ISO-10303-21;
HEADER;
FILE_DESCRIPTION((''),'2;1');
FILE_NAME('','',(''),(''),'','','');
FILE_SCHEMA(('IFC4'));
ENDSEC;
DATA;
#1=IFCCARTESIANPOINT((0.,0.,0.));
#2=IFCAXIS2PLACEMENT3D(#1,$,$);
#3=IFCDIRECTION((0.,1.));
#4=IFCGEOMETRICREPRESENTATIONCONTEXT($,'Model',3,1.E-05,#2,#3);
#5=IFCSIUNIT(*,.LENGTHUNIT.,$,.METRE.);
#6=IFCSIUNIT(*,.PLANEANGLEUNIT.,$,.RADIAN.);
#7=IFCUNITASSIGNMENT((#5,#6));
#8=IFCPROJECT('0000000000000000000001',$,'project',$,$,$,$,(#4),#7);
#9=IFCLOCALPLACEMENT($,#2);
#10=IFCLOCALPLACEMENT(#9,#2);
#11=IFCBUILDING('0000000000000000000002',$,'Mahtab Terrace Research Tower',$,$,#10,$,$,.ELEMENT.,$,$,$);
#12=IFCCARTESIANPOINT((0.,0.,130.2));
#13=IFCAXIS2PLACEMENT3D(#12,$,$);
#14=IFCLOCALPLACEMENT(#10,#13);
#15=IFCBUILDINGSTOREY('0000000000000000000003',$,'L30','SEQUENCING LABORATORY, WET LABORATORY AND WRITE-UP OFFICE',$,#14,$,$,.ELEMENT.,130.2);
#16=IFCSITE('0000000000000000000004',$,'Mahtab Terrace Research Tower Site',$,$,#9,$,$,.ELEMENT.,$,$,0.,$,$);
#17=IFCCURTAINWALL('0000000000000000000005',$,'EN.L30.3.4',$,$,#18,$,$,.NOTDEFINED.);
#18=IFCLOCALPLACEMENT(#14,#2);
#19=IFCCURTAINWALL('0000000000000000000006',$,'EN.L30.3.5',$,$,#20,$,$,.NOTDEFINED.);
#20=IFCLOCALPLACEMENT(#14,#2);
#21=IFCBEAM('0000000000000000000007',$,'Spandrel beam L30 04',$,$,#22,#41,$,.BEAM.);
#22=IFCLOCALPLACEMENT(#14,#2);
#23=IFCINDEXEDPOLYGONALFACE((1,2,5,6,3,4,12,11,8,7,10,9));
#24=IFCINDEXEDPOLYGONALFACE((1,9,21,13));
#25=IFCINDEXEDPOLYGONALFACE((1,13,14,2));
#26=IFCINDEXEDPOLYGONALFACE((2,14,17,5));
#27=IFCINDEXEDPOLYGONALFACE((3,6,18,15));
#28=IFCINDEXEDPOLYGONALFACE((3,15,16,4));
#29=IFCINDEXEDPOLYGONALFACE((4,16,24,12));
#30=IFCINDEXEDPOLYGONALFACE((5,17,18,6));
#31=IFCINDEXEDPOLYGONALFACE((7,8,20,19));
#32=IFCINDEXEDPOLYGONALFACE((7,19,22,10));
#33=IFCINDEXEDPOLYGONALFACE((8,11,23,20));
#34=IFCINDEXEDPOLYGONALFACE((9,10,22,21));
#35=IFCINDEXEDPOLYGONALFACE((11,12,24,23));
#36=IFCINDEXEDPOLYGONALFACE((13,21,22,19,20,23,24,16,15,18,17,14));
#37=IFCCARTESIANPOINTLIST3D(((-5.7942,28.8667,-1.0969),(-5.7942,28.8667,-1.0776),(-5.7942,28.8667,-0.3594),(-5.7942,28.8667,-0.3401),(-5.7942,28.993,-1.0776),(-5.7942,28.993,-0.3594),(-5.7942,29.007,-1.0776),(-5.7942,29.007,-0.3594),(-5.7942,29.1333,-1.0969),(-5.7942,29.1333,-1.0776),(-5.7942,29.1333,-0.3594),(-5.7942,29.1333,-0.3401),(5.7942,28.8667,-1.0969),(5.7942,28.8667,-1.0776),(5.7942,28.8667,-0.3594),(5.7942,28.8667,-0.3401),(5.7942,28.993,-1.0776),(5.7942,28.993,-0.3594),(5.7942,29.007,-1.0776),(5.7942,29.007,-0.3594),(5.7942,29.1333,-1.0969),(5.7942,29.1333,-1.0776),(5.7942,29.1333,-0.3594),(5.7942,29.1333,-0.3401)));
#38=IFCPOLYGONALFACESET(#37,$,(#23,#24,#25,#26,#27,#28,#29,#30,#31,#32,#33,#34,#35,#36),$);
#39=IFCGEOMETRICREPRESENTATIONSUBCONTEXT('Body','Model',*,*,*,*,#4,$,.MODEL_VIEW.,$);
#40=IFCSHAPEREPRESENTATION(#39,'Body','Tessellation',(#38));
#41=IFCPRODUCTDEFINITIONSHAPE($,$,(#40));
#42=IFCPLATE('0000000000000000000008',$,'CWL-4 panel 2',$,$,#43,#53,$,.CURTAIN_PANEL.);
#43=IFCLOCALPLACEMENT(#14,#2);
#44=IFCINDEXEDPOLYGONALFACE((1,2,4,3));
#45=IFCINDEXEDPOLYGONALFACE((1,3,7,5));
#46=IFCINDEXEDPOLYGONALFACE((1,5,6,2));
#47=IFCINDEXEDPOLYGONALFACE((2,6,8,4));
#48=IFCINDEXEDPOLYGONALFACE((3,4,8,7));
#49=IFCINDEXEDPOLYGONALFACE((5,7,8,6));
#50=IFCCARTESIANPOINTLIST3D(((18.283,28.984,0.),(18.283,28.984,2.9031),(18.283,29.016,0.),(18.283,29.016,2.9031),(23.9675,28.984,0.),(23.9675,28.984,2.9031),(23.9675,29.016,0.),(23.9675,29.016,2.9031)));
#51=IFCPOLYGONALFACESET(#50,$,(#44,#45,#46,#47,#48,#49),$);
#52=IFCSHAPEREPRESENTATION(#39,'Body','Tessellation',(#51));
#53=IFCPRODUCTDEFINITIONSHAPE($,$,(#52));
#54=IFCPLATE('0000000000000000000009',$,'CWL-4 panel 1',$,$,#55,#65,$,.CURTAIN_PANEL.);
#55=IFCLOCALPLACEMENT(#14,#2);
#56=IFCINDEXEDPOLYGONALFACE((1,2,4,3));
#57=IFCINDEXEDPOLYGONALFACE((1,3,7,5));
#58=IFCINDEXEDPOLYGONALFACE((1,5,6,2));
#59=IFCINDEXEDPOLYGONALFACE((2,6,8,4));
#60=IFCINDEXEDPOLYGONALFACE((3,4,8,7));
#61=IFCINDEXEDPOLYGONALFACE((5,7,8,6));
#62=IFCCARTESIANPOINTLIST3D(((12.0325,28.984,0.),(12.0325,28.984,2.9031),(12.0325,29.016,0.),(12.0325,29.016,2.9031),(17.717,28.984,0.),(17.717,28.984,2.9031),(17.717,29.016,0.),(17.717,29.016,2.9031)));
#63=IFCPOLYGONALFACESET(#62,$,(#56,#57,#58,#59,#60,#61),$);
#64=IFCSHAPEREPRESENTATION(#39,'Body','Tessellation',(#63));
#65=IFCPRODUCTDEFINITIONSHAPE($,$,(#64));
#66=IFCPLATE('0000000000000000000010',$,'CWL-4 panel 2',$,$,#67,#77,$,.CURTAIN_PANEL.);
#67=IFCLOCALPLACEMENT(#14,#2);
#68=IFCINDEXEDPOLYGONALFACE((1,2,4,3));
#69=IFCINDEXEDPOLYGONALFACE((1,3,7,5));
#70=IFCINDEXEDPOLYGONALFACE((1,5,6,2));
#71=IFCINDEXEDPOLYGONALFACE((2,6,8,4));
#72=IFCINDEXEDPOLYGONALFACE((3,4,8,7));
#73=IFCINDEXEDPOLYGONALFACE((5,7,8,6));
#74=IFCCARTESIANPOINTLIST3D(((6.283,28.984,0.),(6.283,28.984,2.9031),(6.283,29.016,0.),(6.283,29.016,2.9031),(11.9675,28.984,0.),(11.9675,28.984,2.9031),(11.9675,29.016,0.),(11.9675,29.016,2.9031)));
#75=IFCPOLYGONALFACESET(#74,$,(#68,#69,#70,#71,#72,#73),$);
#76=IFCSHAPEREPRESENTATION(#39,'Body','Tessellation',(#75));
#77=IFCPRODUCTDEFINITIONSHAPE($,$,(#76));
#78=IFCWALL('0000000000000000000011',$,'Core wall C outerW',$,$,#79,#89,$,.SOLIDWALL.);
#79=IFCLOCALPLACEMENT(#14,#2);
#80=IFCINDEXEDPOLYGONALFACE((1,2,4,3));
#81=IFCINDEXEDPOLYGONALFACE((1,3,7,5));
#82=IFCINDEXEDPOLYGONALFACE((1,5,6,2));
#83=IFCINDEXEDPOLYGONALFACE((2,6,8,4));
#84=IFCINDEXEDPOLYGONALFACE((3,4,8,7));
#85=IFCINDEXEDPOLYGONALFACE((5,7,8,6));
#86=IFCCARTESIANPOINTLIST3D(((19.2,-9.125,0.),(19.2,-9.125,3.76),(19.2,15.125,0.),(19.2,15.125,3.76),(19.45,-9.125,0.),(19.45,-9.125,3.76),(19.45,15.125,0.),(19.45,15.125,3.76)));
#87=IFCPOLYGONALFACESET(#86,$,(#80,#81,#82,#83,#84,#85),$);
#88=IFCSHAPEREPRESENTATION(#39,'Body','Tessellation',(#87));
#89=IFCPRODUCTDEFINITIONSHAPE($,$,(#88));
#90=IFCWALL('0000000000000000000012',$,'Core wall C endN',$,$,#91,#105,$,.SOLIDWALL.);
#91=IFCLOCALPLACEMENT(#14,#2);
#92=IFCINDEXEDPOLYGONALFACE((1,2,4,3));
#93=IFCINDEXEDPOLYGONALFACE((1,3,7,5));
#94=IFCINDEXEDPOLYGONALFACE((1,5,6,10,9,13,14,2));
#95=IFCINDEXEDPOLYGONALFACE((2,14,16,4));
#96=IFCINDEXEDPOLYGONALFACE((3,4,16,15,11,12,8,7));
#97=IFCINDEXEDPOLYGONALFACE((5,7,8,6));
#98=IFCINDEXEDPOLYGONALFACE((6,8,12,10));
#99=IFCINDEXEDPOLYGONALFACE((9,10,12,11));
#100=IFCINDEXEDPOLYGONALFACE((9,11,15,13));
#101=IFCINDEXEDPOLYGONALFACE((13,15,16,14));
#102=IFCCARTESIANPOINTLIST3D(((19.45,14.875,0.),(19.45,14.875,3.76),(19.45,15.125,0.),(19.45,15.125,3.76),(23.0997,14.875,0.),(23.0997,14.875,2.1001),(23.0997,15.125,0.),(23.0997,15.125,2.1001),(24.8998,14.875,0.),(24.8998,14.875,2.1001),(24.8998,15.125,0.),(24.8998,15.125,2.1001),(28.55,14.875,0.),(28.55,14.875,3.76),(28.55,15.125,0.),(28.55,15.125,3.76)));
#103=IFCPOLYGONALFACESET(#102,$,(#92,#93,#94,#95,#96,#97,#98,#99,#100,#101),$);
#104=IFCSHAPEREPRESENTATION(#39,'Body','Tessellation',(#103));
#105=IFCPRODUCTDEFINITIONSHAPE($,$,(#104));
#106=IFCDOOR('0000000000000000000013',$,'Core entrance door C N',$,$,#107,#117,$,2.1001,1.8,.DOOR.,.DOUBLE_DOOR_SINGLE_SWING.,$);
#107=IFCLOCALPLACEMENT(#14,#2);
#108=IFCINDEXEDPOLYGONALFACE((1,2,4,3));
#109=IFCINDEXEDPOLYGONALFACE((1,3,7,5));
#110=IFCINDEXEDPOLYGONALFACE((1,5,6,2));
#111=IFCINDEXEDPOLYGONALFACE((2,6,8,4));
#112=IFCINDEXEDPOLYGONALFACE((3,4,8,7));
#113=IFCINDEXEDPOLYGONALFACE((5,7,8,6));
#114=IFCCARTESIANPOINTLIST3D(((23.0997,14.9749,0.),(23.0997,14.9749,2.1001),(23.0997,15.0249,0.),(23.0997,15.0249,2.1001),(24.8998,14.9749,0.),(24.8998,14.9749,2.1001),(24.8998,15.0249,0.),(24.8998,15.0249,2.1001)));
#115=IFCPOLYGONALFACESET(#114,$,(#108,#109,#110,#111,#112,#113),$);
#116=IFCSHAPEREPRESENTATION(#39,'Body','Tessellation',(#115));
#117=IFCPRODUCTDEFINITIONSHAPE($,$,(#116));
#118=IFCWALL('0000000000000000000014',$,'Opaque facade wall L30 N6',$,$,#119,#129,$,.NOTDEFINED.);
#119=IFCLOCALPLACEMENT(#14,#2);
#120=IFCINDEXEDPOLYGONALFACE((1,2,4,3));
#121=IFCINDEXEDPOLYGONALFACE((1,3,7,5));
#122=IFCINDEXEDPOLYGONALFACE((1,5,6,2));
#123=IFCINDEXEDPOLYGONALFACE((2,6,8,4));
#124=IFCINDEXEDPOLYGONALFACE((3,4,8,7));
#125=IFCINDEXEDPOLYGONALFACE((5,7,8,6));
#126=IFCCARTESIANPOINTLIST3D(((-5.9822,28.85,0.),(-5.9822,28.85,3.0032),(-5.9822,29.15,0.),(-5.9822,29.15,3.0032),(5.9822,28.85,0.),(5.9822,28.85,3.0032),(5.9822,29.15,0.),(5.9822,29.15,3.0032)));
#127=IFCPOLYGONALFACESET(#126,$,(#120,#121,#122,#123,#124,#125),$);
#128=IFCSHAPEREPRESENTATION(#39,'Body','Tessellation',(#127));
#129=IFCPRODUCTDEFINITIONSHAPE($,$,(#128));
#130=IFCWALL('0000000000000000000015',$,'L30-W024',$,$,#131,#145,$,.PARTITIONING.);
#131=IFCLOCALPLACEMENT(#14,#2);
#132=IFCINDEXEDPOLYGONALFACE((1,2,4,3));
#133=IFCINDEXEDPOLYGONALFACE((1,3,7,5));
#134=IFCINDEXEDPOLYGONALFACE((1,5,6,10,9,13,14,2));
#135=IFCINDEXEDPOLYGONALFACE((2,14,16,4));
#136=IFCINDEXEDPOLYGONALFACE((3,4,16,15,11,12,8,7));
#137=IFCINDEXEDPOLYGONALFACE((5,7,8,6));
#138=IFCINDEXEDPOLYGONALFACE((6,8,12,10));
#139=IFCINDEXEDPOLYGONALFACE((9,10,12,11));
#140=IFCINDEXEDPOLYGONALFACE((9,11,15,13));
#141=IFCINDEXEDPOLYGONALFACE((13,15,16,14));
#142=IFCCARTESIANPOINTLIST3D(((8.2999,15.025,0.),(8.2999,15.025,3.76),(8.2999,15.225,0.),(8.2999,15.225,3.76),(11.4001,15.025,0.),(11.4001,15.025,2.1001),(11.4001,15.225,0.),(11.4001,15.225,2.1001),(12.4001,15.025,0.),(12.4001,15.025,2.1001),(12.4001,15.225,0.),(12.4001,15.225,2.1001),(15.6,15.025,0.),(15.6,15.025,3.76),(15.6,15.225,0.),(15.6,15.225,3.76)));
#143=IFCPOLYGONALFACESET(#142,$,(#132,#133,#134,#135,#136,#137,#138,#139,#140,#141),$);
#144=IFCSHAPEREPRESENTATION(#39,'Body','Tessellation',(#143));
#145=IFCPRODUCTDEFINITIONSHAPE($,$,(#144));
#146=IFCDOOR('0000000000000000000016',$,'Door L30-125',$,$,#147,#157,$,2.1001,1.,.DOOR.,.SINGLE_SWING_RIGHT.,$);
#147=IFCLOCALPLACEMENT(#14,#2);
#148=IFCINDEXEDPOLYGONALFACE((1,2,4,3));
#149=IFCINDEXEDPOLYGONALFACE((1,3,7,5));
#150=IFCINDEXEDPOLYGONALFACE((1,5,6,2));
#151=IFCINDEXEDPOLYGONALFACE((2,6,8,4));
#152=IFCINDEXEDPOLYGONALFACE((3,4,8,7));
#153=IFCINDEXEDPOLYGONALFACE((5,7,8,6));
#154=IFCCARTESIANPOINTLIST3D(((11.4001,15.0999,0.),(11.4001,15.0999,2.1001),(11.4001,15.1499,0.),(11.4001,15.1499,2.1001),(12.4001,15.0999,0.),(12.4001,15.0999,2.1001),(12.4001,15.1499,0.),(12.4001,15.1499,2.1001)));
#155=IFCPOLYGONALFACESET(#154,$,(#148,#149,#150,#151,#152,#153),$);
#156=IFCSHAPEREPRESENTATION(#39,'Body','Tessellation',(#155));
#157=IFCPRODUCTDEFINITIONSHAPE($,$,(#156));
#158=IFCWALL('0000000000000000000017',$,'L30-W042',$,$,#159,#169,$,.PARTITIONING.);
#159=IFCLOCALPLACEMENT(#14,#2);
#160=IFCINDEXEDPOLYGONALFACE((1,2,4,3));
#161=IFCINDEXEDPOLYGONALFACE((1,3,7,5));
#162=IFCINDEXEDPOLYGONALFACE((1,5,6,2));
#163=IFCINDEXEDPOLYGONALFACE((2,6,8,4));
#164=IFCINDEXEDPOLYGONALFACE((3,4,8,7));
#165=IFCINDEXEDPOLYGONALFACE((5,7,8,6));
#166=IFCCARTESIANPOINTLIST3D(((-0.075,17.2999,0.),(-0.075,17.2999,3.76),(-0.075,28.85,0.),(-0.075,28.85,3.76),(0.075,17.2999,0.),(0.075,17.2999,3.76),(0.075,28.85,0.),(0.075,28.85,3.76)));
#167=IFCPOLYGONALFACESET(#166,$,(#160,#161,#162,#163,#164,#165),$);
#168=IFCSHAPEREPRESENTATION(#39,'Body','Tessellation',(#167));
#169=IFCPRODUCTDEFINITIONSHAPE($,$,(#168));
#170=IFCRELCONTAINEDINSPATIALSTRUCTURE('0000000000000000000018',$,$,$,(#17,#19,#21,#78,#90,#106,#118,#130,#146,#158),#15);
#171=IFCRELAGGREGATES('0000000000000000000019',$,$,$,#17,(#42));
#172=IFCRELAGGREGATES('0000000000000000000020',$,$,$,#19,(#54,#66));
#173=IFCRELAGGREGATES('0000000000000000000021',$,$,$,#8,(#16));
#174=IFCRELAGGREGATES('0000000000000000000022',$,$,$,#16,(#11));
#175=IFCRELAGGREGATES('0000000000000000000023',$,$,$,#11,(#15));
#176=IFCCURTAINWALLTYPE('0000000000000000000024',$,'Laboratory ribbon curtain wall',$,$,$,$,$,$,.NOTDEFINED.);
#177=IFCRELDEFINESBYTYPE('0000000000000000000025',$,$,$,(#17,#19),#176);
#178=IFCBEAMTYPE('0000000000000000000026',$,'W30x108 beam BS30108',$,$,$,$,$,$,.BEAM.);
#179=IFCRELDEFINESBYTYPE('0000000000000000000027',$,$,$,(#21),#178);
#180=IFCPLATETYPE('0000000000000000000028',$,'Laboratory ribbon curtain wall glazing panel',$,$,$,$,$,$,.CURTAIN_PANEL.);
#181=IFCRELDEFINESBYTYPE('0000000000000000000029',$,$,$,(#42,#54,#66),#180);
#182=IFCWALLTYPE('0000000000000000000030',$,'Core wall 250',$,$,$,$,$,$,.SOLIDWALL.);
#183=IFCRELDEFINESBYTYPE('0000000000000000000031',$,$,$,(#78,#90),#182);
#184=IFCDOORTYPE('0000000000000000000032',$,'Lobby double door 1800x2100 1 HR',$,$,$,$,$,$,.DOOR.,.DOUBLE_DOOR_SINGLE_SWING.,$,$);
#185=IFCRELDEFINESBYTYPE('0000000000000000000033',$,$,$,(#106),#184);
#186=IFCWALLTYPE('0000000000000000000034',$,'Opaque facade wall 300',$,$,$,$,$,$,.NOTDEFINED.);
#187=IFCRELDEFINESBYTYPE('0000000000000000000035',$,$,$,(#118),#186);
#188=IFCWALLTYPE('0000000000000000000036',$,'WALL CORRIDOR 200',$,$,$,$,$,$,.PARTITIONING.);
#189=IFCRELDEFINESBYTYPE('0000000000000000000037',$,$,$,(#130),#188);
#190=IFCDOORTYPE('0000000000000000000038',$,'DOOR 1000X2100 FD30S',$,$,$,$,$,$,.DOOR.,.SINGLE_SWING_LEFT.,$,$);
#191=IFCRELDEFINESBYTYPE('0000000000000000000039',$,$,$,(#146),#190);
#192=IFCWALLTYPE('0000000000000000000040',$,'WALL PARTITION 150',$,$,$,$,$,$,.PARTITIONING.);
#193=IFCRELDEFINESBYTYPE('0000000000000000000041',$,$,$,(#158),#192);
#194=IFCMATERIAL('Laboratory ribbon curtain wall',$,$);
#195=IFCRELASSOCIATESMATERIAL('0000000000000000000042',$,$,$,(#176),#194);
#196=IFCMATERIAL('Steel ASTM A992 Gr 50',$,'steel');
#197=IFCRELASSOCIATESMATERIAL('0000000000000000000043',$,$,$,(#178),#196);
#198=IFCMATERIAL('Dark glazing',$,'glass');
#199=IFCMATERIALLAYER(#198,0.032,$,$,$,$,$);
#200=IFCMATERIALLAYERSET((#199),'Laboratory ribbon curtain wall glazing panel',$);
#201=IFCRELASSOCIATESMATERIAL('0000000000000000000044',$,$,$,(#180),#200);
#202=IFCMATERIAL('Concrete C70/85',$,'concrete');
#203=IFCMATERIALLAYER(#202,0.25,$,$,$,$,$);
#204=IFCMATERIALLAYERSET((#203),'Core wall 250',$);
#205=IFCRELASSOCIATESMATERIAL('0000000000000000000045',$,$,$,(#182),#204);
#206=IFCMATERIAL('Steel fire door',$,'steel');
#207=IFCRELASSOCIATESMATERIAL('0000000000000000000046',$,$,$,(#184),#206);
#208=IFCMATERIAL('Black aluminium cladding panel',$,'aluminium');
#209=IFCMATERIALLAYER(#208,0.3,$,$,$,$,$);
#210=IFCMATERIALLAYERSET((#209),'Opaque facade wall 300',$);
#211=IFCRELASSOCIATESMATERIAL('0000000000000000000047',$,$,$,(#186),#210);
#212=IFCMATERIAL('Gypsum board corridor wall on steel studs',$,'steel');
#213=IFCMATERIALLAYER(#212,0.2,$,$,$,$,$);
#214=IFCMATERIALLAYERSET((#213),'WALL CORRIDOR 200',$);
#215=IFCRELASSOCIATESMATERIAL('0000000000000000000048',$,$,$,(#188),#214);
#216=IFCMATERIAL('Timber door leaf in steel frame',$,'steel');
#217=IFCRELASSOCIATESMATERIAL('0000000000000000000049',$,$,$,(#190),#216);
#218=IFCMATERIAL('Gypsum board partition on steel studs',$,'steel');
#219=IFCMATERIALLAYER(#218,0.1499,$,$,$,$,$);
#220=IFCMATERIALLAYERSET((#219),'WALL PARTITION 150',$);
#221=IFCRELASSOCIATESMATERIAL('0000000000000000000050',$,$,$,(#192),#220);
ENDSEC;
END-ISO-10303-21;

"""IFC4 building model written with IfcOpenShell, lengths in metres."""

from ifc_helpers import new_model, si_unit, direction, frame, frame_2d, origin, origin_2d, place, context, subcontext, project, spatial, rectangle, i_section, extrude, material, layer, layer_set, material_profile, profile_set, type_object, element, fill, aggregate, save


model = new_model("IFC4")

# Units and contexts
model_context = context("Model", 3, precision=1e-05, world=origin(), true_north=direction((0.0, 1.0)))
body_context = subcontext(model_context, "Body", "Model", "MODEL_VIEW")
ifc_project = project(units=[si_unit("LENGTHUNIT", "METRE"), si_unit("PLANEANGLEUNIT", "RADIAN")], contexts=[model_context])

# Site, building, storey
site_placement = place(None, origin())
site = spatial("IfcSite", under=ifc_project, at=site_placement, Name="Mahtab Terrace Research Tower Site", CompositionType="ELEMENT", RefElevation=0.0)
building_placement = place(site_placement, origin())
building = spatial("IfcBuilding", under=site, at=building_placement, Name="Mahtab Terrace Research Tower", CompositionType="ELEMENT")
storey_placement = place(building_placement, frame((0.0, 0.0, 130.2)))
storey = spatial("IfcBuildingStorey", under=building, at=storey_placement, Name="L30", Description="SEQUENCING LABORATORY, WET LABORATORY AND WRITE-UP OFFICE", CompositionType="ELEMENT", Elevation=130.2)

# Shared definitions
ifc_material_1 = material(Name="Steel ASTM A992 Gr 50", Category="steel")

# Curtain walls
ifc_material_2 = material(Name="Laboratory ribbon curtain wall")
curtain_wall_type = type_object("IfcCurtainWallType", Name="Laboratory ribbon curtain wall", PredefinedType="NOTDEFINED", material=ifc_material_2)
curtain_wall_1_placement = place(storey_placement, origin())
curtain_wall_1 = element("IfcCurtainWall", 1, at=curtain_wall_1_placement, inside=storey, type_object=curtain_wall_type, Name="EN.L30.3.4", PredefinedType="NOTDEFINED")
curtain_wall_2_placement = place(storey_placement, origin())
curtain_wall_2 = element("IfcCurtainWall", 2, at=curtain_wall_2_placement, inside=storey, type_object=curtain_wall_type, Name="EN.L30.3.5", PredefinedType="NOTDEFINED")

# Beam
ifc_material_profile_1 = material_profile(ifc_material_1, i_section(OverallWidth=0.2666, OverallDepth=0.7568, WebThickness=0.0139, FlangeThickness=0.0193, at=origin_2d()), Name="W30X108")
ifc_profile_set_1 = profile_set([ifc_material_profile_1], Name="Steel ASTM A992 Gr 50")
beam_type = type_object("IfcBeamType", Name="W30x108 beam BS30108", PredefinedType="BEAM", material=ifc_profile_set_1)
for number, where, z_axis, x_axis, name in (
    (3, (5.7942, 29.0, -0.7185), (-1.0, 0.0, 0.0), (0.0, -1.0, 0.0), "Spandrel beam L30 04"),
):
    element("IfcBeam", number, at=place(storey_placement, frame(where, z_axis=z_axis, x_axis=x_axis)), inside=storey, type_object=beam_type, Name=name, PredefinedType="BEAM", context=body_context, shape_type="SweptSolid", body=[
        extrude(i_section(OverallWidth=0.2666, OverallDepth=0.7568, WebThickness=0.0139, FlangeThickness=0.0193, at=origin_2d()), origin(), (0.0, 0.0, 1.0), 11.5884),
    ])

# Plates
ifc_material_3 = material(Name="Dark glazing", Category="glass")
ifc_layer_1 = layer(ifc_material_3, 0.032)
ifc_layer_set_1 = layer_set([ifc_layer_1], Name="Laboratory ribbon curtain wall glazing panel")
plate_type = type_object("IfcPlateType", Name="Laboratory ribbon curtain wall glazing panel", PredefinedType="CURTAIN_PANEL", material=ifc_layer_set_1)
plate_1_placement = place(storey_placement, frame((21.1252, 29.0, 0.0), z_axis=(0.0, 0.0, 1.0), x_axis=(-1.0, 0.0, 0.0)))
plate_1 = element("IfcPlate", 4, at=plate_1_placement, type_object=plate_type, Name="CWL-4 panel 2", PredefinedType="CURTAIN_PANEL", context=body_context, shape_type="SweptSolid", body=[
    extrude(rectangle(XDim=5.6846, YDim=0.032, at=origin_2d()), origin(), (0.0, 0.0, 1.0), 2.9031),
])
aggregate(curtain_wall_1, [plate_1])
plate_2_placement = place(storey_placement, frame((14.8748, 29.0, 0.0), z_axis=(0.0, 0.0, 1.0), x_axis=(-1.0, 0.0, 0.0)))
plate_2 = element("IfcPlate", 5, at=plate_2_placement, type_object=plate_type, Name="CWL-4 panel 1", PredefinedType="CURTAIN_PANEL", context=body_context, shape_type="SweptSolid", body=[
    extrude(rectangle(XDim=5.6846, YDim=0.032, at=origin_2d()), origin(), (0.0, 0.0, 1.0), 2.9031),
])
plate_3_placement = place(storey_placement, frame((9.1252, 29.0, 0.0), z_axis=(0.0, 0.0, 1.0), x_axis=(-1.0, 0.0, 0.0)))
plate_3 = element("IfcPlate", 6, at=plate_3_placement, type_object=plate_type, Name="CWL-4 panel 2", PredefinedType="CURTAIN_PANEL", context=body_context, shape_type="SweptSolid", body=[
    extrude(rectangle(XDim=5.6846, YDim=0.032, at=origin_2d()), origin(), (0.0, 0.0, 1.0), 2.9031),
])
aggregate(curtain_wall_2, [plate_2, plate_3])

# Wall
ifc_material_4 = material(Name="Concrete C70/85", Category="concrete")
ifc_layer_2 = layer(ifc_material_4, 0.25)
ifc_layer_set_2 = layer_set([ifc_layer_2], Name="Core wall 250")
wall_type_1 = type_object("IfcWallType", Name="Core wall 250", PredefinedType="SOLIDWALL", material=ifc_layer_set_2)
wall_1_placement = place(storey_placement, frame((19.325, 15.125, 0.0), z_axis=(0.0, 0.0, 1.0), x_axis=(0.0, -1.0, 0.0)))
element("IfcWall", 7, at=wall_1_placement, inside=storey, type_object=wall_type_1, Name="Core wall C outerW", PredefinedType="SOLIDWALL", context=body_context, shape_type="SweptSolid", body=[
    extrude(rectangle(XDim=24.25, YDim=0.25, at=frame_2d((12.125, 0.0))), origin(), (0.0, 0.0, 1.0), 3.76),
])

# Wall, opening, door
wall_2_placement = place(storey_placement, frame((19.45, 15.0, 0.0), z_axis=(0.0, 0.0, 1.0), x_axis=(1.0, 0.0, 0.0)))
wall_2 = element("IfcWall", 8, at=wall_2_placement, inside=storey, type_object=wall_type_1, Name="Core wall C endN", PredefinedType="SOLIDWALL", context=body_context, shape_type="SweptSolid", body=[
    extrude(rectangle(XDim=9.1001, YDim=0.25, at=frame_2d((4.55, 0.0))), origin(), (0.0, 0.0, 1.0), 3.76),
])
opening_1_placement = place(wall_2_placement, frame((3.6499, 0.0, 0.0)))
opening_1 = element("IfcOpeningElement", 9, at=opening_1_placement, cuts=wall_2, PredefinedType="OPENING", context=body_context, shape_type="SweptSolid", body=[
    extrude(rectangle(XDim=1.8, YDim=2.1001, at=frame_2d((0.8999, 1.05))), frame((0.0, 0.135, 0.0), z_axis=(0.0, -1.0, 0.0), x_axis=(1.0, 0.0, 0.0)), (0.0, 0.0, 1.0), 0.27),
])
ifc_material_5 = material(Name="Steel fire door", Category="steel")
door_type_1 = type_object("IfcDoorType", Name="Lobby double door 1800x2100 1 HR", OperationType="DOUBLE_DOOR_SINGLE_SWING", PredefinedType="DOOR", material=ifc_material_5)
door_1_placement = place(opening_1_placement, origin())
door_1 = element("IfcDoor", 10, at=door_1_placement, inside=storey, type_object=door_type_1, Name="Core entrance door C N", OperationType="DOUBLE_DOOR_SINGLE_SWING", OverallHeight=2.1001, OverallWidth=1.8, PredefinedType="DOOR", context=body_context, shape_type="SweptSolid", body=[
    extrude(rectangle(XDim=1.8, YDim=2.1001, at=frame_2d((0.8999, 1.05))), frame((0.0, 0.0249, 0.0), z_axis=(0.0, -1.0, 0.0), x_axis=(1.0, 0.0, 0.0)), (0.0, 0.0, 1.0), 0.05),
])
fill(opening_1, door_1)

# Wall
ifc_material_6 = material(Name="Black aluminium cladding panel", Category="aluminium")
ifc_layer_3 = layer(ifc_material_6, 0.3)
ifc_layer_set_3 = layer_set([ifc_layer_3], Name="Opaque facade wall 300")
wall_type_2 = type_object("IfcWallType", Name="Opaque facade wall 300", PredefinedType="NOTDEFINED", material=ifc_layer_set_3)
wall_3_placement = place(storey_placement, frame((5.9822, 29.0, 0.0), z_axis=(0.0, 0.0, 1.0), x_axis=(-1.0, 0.0, 0.0)))
element("IfcWall", 11, at=wall_3_placement, inside=storey, type_object=wall_type_2, Name="Opaque facade wall L30 N6", PredefinedType="NOTDEFINED", context=body_context, shape_type="SweptSolid", body=[
    extrude(rectangle(XDim=11.9644, YDim=0.3, at=frame_2d((5.9822, 0.0))), origin(), (0.0, 0.0, 1.0), 3.0032),
])

# Wall, opening, door
ifc_material_7 = material(Name="Gypsum board corridor wall on steel studs", Category="steel")
ifc_layer_4 = layer(ifc_material_7, 0.2)
ifc_layer_set_4 = layer_set([ifc_layer_4], Name="WALL CORRIDOR 200")
wall_type_3 = type_object("IfcWallType", Name="WALL CORRIDOR 200", PredefinedType="PARTITIONING", material=ifc_layer_set_4)
wall_4_placement = place(storey_placement, frame((8.3, 15.125, 0.0), z_axis=(0.0, 0.0, 1.0), x_axis=(1.0, 0.0, 0.0)))
wall_4 = element("IfcWall", 12, at=wall_4_placement, inside=storey, type_object=wall_type_3, Name="L30-W024", PredefinedType="PARTITIONING", context=body_context, shape_type="SweptSolid", body=[
    extrude(rectangle(XDim=7.3, YDim=0.2, at=frame_2d((3.6499, 0.0))), origin(), (0.0, 0.0, 1.0), 3.76),
])
opening_2_placement = place(wall_4_placement, frame((3.1001, 0.0, 0.0)))
opening_2 = element("IfcOpeningElement", 13, at=opening_2_placement, cuts=wall_4, PredefinedType="OPENING", context=body_context, shape_type="SweptSolid", body=[
    extrude(rectangle(XDim=1.0, YDim=2.1001, at=frame_2d((0.5, 1.05))), frame((0.0, 0.1099, 0.0), z_axis=(0.0, -1.0, 0.0), x_axis=(1.0, 0.0, 0.0)), (0.0, 0.0, 1.0), 0.22),
])
ifc_material_8 = material(Name="Timber door leaf in steel frame", Category="steel")
door_type_2 = type_object("IfcDoorType", Name="DOOR 1000X2100 FD30S", OperationType="SINGLE_SWING_LEFT", PredefinedType="DOOR", material=ifc_material_8)
door_2_placement = place(opening_2_placement, origin())
door_2 = element("IfcDoor", 14, at=door_2_placement, inside=storey, type_object=door_type_2, Name="Door L30-125", OperationType="SINGLE_SWING_RIGHT", OverallHeight=2.1001, OverallWidth=1.0, PredefinedType="DOOR", context=body_context, shape_type="SweptSolid", body=[
    extrude(rectangle(XDim=1.0, YDim=2.1001, at=frame_2d((0.5, 1.05))), frame((0.0, 0.0249, 0.0), z_axis=(0.0, -1.0, 0.0), x_axis=(1.0, 0.0, 0.0)), (0.0, 0.0, 1.0), 0.05),
])
fill(opening_2, door_2)

# Wall
ifc_material_9 = material(Name="Gypsum board partition on steel studs", Category="steel")
ifc_layer_5 = layer(ifc_material_9, 0.1499)
ifc_layer_set_5 = layer_set([ifc_layer_5], Name="WALL PARTITION 150")
wall_type_4 = type_object("IfcWallType", Name="WALL PARTITION 150", PredefinedType="PARTITIONING", material=ifc_layer_set_5)
wall_5_placement = place(storey_placement, frame((0.0, 17.3, 0.0), z_axis=(0.0, 0.0, 1.0), x_axis=(0.0, 1.0, 0.0)))
element("IfcWall", 15, at=wall_5_placement, inside=storey, type_object=wall_type_4, Name="L30-W042", PredefinedType="PARTITIONING", context=body_context, shape_type="SweptSolid", body=[
    extrude(rectangle(XDim=11.55, YDim=0.1499, at=frame_2d((5.7749, 0.0))), origin(), (0.0, 0.0, 1.0), 3.76),
])

save(model, "model.ifc")
